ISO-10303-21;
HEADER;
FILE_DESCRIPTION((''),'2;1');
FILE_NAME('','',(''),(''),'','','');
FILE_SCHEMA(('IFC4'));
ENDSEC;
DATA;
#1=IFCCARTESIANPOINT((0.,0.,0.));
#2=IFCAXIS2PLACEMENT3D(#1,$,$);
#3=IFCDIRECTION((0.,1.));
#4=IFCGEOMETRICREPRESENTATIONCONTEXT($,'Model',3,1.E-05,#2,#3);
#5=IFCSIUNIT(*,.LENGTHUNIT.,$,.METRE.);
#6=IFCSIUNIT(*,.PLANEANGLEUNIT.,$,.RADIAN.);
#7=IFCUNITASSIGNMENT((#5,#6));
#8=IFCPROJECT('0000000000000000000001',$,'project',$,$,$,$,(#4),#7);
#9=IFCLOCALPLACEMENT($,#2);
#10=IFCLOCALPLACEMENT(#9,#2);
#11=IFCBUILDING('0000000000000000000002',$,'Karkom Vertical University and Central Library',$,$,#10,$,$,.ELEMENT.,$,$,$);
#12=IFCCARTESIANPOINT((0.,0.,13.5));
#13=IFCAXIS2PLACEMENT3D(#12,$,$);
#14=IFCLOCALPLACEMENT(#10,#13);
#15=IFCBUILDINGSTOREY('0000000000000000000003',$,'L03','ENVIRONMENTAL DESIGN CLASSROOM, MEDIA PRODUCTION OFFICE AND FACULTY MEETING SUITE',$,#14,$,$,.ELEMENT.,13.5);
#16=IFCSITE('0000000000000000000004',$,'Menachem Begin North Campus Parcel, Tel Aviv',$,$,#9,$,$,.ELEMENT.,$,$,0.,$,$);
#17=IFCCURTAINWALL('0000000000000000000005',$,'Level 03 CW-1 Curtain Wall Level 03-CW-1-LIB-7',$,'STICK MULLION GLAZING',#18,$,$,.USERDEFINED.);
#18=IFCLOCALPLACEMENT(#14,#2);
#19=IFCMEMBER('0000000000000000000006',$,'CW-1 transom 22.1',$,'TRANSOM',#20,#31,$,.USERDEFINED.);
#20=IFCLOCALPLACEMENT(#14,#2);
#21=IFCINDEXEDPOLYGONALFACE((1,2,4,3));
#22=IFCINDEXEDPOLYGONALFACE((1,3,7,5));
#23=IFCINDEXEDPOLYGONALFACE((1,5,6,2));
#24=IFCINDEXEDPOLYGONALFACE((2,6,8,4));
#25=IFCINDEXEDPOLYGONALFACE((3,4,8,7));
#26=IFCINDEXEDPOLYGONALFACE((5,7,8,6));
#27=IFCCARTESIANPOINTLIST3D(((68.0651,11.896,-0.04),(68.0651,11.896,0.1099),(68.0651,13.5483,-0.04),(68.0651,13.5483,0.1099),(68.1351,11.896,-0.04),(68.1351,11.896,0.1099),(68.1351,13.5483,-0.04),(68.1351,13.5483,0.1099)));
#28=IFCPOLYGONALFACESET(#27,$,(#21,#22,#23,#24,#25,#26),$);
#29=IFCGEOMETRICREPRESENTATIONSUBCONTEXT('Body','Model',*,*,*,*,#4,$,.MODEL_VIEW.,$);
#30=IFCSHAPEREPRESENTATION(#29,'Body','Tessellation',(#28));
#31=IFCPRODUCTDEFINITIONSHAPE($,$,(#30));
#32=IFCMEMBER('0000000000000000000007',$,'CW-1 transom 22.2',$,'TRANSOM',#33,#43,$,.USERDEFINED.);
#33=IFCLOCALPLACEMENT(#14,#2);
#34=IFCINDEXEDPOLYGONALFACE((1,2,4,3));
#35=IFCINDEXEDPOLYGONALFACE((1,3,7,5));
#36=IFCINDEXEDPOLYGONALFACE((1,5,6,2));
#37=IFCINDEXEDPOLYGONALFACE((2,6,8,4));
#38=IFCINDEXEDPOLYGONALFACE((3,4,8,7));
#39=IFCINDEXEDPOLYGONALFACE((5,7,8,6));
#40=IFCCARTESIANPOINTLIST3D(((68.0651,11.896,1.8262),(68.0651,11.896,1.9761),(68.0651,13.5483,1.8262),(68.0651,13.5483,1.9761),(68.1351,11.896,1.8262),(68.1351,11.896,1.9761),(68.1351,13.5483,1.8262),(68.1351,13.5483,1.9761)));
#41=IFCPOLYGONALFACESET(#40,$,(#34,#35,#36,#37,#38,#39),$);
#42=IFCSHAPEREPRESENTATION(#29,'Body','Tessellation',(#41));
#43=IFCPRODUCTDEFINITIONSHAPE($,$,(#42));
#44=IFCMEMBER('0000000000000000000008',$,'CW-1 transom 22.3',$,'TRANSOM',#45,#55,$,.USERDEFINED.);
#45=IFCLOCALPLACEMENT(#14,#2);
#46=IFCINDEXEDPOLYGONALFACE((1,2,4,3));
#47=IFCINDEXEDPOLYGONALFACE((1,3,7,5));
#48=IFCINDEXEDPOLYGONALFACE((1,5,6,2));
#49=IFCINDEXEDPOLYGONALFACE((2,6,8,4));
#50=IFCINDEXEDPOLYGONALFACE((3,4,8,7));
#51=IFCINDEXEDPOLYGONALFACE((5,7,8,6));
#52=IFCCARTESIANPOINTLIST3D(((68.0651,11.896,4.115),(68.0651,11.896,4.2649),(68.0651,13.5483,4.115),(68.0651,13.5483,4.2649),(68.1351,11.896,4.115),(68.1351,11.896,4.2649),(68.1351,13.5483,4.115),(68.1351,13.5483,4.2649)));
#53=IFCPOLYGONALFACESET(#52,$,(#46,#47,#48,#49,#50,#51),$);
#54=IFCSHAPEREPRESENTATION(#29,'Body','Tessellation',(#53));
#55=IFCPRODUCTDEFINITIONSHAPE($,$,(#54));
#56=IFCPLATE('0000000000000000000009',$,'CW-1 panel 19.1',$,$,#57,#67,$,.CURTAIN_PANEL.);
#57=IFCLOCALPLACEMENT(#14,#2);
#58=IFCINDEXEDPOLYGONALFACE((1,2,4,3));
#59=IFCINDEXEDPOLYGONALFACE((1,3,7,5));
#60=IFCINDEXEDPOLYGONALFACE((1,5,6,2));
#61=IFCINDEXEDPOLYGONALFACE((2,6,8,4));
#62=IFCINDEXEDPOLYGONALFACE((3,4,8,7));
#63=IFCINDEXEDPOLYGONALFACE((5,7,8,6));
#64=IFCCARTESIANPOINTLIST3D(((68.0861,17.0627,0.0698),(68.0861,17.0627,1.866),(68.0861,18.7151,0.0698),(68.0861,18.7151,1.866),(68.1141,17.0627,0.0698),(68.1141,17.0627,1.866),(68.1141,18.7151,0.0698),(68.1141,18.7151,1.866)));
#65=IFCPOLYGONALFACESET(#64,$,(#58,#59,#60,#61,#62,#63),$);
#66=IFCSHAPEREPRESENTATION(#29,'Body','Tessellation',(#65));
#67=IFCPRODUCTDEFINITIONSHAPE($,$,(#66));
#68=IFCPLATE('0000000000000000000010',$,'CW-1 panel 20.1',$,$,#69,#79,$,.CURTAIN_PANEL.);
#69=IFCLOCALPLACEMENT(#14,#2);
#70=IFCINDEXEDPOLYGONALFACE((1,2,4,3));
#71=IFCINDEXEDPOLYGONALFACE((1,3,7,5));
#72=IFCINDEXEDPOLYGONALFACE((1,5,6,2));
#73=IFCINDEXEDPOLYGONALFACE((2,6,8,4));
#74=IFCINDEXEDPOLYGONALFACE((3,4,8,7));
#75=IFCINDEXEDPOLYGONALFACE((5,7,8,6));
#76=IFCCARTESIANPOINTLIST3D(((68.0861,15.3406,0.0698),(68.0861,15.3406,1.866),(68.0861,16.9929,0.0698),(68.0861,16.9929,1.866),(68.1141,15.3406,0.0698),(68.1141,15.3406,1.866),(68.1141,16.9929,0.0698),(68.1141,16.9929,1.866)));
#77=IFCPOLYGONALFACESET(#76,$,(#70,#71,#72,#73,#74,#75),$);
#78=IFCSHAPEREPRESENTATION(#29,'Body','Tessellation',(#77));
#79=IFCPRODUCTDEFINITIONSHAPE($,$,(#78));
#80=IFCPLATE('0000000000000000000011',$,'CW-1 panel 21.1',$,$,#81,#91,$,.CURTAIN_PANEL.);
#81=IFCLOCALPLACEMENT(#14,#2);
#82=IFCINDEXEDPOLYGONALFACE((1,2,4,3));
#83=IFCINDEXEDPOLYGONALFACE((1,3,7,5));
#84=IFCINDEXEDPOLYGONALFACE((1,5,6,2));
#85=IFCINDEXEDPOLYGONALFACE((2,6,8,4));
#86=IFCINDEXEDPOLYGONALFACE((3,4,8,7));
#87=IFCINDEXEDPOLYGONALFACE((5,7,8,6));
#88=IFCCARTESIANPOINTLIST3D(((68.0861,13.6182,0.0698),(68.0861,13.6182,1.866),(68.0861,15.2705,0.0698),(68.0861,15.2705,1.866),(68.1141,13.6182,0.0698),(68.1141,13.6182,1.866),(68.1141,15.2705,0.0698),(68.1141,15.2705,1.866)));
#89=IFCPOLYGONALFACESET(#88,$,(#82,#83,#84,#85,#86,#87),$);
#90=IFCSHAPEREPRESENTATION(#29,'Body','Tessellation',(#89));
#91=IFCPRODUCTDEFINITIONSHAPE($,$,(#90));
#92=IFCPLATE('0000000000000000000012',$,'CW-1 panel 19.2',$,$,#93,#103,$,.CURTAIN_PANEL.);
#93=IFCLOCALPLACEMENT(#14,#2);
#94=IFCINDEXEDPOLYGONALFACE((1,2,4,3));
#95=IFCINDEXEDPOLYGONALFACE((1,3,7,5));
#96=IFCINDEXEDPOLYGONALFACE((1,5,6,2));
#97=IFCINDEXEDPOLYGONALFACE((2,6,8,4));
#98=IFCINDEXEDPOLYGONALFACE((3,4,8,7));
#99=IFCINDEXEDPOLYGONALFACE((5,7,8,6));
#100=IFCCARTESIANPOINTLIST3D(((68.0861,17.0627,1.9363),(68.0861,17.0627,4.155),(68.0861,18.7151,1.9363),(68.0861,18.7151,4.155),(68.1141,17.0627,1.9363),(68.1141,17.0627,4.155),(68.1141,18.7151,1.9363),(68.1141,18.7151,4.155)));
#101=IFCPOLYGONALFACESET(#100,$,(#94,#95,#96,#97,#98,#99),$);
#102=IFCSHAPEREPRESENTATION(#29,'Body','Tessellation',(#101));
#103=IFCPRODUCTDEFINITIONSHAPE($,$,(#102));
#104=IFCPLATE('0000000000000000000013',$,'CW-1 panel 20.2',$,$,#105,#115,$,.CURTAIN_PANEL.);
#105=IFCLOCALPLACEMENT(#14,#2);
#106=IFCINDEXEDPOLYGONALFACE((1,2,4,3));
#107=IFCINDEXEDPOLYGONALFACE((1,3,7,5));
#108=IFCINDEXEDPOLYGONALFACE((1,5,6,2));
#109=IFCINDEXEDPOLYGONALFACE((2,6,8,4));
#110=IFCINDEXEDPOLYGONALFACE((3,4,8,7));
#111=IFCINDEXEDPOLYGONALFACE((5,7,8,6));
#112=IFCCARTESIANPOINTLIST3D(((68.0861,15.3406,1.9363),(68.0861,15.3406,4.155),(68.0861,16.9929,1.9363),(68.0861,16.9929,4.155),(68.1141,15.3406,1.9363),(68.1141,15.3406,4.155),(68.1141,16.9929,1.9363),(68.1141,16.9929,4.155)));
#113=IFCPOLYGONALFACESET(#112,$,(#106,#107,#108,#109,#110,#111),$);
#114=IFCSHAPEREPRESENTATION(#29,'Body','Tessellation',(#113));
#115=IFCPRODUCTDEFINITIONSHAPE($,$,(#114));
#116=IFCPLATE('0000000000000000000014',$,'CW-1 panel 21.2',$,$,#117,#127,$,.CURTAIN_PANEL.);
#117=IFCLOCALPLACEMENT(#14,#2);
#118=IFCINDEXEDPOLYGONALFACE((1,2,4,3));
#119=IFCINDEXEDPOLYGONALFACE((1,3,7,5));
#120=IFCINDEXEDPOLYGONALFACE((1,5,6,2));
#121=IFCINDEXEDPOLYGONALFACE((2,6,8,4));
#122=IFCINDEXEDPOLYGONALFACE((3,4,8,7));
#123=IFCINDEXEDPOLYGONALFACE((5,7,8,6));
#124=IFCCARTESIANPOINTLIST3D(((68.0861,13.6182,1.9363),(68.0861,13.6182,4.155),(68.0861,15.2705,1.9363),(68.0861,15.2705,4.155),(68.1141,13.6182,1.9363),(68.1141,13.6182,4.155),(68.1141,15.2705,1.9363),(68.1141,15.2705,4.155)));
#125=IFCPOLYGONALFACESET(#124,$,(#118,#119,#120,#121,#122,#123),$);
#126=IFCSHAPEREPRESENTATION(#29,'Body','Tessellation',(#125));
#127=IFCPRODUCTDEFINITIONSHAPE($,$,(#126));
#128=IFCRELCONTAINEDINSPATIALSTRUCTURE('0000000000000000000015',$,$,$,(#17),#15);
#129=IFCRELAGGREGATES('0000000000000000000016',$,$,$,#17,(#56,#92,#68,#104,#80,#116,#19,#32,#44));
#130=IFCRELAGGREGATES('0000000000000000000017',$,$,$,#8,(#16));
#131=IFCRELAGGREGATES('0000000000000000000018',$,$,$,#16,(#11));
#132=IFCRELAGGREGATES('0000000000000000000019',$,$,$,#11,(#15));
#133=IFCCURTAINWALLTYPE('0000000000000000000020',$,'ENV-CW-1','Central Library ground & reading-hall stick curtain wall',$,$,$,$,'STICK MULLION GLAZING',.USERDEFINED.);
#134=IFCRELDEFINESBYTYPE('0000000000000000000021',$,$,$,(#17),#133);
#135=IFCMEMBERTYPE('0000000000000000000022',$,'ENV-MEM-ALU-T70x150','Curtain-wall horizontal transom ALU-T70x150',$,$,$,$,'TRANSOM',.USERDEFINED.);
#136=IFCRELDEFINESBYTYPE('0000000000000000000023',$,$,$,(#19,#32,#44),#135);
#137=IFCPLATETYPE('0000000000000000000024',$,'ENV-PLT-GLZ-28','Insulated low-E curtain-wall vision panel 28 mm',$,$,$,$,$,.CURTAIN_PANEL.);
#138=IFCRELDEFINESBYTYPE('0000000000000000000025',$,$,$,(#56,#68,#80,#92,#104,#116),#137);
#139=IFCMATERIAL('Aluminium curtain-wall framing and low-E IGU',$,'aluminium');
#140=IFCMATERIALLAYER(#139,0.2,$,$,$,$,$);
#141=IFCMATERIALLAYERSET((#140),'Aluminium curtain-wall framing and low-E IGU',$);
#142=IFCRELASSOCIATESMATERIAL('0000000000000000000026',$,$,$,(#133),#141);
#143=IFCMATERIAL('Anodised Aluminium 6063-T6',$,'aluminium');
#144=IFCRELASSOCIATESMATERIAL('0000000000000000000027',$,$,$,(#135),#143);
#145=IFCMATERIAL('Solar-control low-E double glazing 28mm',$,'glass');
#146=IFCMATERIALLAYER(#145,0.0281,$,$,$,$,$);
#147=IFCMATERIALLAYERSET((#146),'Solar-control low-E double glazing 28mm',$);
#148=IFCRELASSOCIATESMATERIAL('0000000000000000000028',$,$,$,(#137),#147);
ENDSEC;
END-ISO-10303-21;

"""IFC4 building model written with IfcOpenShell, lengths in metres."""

from ifc_helpers import new_model, si_unit, direction, frame, origin, origin_with_axes, origin_2d, place, context, subcontext, project, spatial, rectangle, extrude, source, transform, mapped, material, layer, layer_set, material_profile, profile_set, type_object, element, aggregate, save


model = new_model("IFC4")

# Units and contexts
model_context = context("Model", 3, precision=1e-05, world=origin(), true_north=direction((0.0, 1.0)))
body_context = subcontext(model_context, "Body", "Model", "MODEL_VIEW")
ifc_project = project(units=[si_unit("LENGTHUNIT", "METRE"), si_unit("PLANEANGLEUNIT", "RADIAN")], contexts=[model_context])

# Site, building, storey
site_placement = place(None, origin())
site = spatial("IfcSite", under=ifc_project, at=site_placement, Name="Menachem Begin North Campus Parcel, Tel Aviv", CompositionType="ELEMENT", RefElevation=0.0)
building_placement = place(site_placement, origin())
building = spatial("IfcBuilding", under=site, at=building_placement, Name="Karkom Vertical University and Central Library", CompositionType="ELEMENT")
storey_placement = place(building_placement, frame((0.0, 0.0, 13.5)))
storey = spatial("IfcBuildingStorey", under=building, at=storey_placement, Name="L03", Description="ENVIRONMENTAL DESIGN CLASSROOM, MEDIA PRODUCTION OFFICE AND FACULTY MEETING SUITE", CompositionType="ELEMENT", Elevation=13.5)

# Curtain wall, members, plates
ifc_material_1 = material(Name="Aluminium curtain-wall framing and low-E IGU", Category="aluminium")
ifc_layer_1 = layer(ifc_material_1, 0.2)
ifc_layer_set_1 = layer_set([ifc_layer_1], Name="Aluminium curtain-wall framing and low-E IGU")
curtain_wall_type = type_object("IfcCurtainWallType", Name="ENV-CW-1", Description="Central Library ground & reading-hall stick curtain wall", ElementType="STICK MULLION GLAZING", PredefinedType="USERDEFINED", material=ifc_layer_set_1)
curtain_wall_placement = place(storey_placement, origin())
curtain_wall = element("IfcCurtainWall", 1, at=curtain_wall_placement, inside=storey, type_object=curtain_wall_type, Name="Level 03 CW-1 Curtain Wall Level 03-CW-1-LIB-7", ObjectType="STICK MULLION GLAZING", PredefinedType="USERDEFINED")
ifc_material_2 = material(Name="Anodised Aluminium 6063-T6", Category="aluminium")
ifc_material_profile_1 = material_profile(ifc_material_2, rectangle(XDim=0.0701, YDim=0.1499, at=origin_2d()), Name="ALU-T70x150")
ifc_profile_set_1 = profile_set([ifc_material_profile_1], Name="Anodised Aluminium 6063-T6")
member_type = type_object("IfcMemberType", Name="ENV-MEM-ALU-T70x150", Description="Curtain-wall horizontal transom ALU-T70x150", ElementType="TRANSOM", PredefinedType="USERDEFINED", material=ifc_profile_set_1)
shared_shape_1 = source(origin_with_axes(), body_context, "Body", "SweptSolid", [
    extrude(rectangle(XDim=0.0701, YDim=0.1499, at=origin_2d()), origin(), (0.0, 0.0, 1.0), 1.6523),
])
member_1_placement = place(storey_placement, frame((68.1001, 13.5483, 0.0349), z_axis=(0.0, -1.0, 0.0), x_axis=(1.0, 0.0, 0.0)))
member_1 = element("IfcMember", 2, at=member_1_placement, type_object=member_type, Name="CW-1 transom 22.1", ObjectType="TRANSOM", PredefinedType="USERDEFINED", context=body_context, shape_type="MappedRepresentation", body=[
    mapped(shared_shape_1, transform((0.0, 0.0, 0.0), scale=1.0)),
])
member_2_placement = place(storey_placement, frame((68.1001, 13.5483, 1.9011), z_axis=(0.0, -1.0, 0.0), x_axis=(1.0, 0.0, 0.0)))
member_2 = element("IfcMember", 3, at=member_2_placement, type_object=member_type, Name="CW-1 transom 22.2", ObjectType="TRANSOM", PredefinedType="USERDEFINED", context=body_context, shape_type="MappedRepresentation", body=[
    mapped(shared_shape_1, transform((0.0, 0.0, 0.0), scale=1.0)),
])
member_3_placement = place(storey_placement, frame((68.1001, 13.5483, 4.1899), z_axis=(0.0, -1.0, 0.0), x_axis=(1.0, 0.0, 0.0)))
member_3 = element("IfcMember", 4, at=member_3_placement, type_object=member_type, Name="CW-1 transom 22.3", ObjectType="TRANSOM", PredefinedType="USERDEFINED", context=body_context, shape_type="MappedRepresentation", body=[
    mapped(shared_shape_1, transform((0.0, 0.0, 0.0), scale=1.0)),
])
ifc_material_3 = material(Name="Solar-control low-E double glazing 28mm", Category="glass")
ifc_layer_2 = layer(ifc_material_3, 0.0281)
ifc_layer_set_2 = layer_set([ifc_layer_2], Name="Solar-control low-E double glazing 28mm")
plate_type = type_object("IfcPlateType", Name="ENV-PLT-GLZ-28", Description="Insulated low-E curtain-wall vision panel 28 mm", PredefinedType="CURTAIN_PANEL", material=ifc_layer_set_2)
shared_shape_2 = source(origin_with_axes(), body_context, "Body", "SweptSolid", [
    extrude(rectangle(XDim=1.6523, YDim=0.0281, at=origin_2d()), origin(), (0.0, 0.0, 1.0), 1.7961),
])
plate_1_placement = place(storey_placement, frame((68.1001, 17.8889, 0.0698), z_axis=(0.0, 0.0, 1.0), x_axis=(0.0, -1.0, 0.0)))
plate_1 = element("IfcPlate", 5, at=plate_1_placement, type_object=plate_type, Name="CW-1 panel 19.1", PredefinedType="CURTAIN_PANEL", context=body_context, shape_type="MappedRepresentation", body=[
    mapped(shared_shape_2, transform((0.0, 0.0, 0.0), scale=1.0)),
])
plate_2_placement = place(storey_placement, frame((68.1001, 16.1667, 0.0698), z_axis=(0.0, 0.0, 1.0), x_axis=(0.0, -1.0, 0.0)))
plate_2 = element("IfcPlate", 6, at=plate_2_placement, type_object=plate_type, Name="CW-1 panel 20.1", PredefinedType="CURTAIN_PANEL", context=body_context, shape_type="MappedRepresentation", body=[
    mapped(shared_shape_2, transform((0.0, 0.0, 0.0), scale=1.0)),
])
plate_3_placement = place(storey_placement, frame((68.1001, 14.4443, 0.0698), z_axis=(0.0, 0.0, 1.0), x_axis=(0.0, -1.0, 0.0)))
plate_3 = element("IfcPlate", 7, at=plate_3_placement, type_object=plate_type, Name="CW-1 panel 21.1", PredefinedType="CURTAIN_PANEL", context=body_context, shape_type="MappedRepresentation", body=[
    mapped(shared_shape_2, transform((0.0, 0.0, 0.0), scale=1.0)),
])
shared_shape_3 = source(origin_with_axes(), body_context, "Body", "SweptSolid", [
    extrude(rectangle(XDim=1.6523, YDim=0.0281, at=origin_2d()), origin(), (0.0, 0.0, 1.0), 2.2188),
])
plate_4_placement = place(storey_placement, frame((68.1001, 17.8889, 1.9363), z_axis=(0.0, 0.0, 1.0), x_axis=(0.0, -1.0, 0.0)))
plate_4 = element("IfcPlate", 8, at=plate_4_placement, type_object=plate_type, Name="CW-1 panel 19.2", PredefinedType="CURTAIN_PANEL", context=body_context, shape_type="MappedRepresentation", body=[
    mapped(shared_shape_3, transform((0.0, 0.0, 0.0), scale=1.0)),
])
plate_5_placement = place(storey_placement, frame((68.1001, 16.1667, 1.9363), z_axis=(0.0, 0.0, 1.0), x_axis=(0.0, -1.0, 0.0)))
plate_5 = element("IfcPlate", 9, at=plate_5_placement, type_object=plate_type, Name="CW-1 panel 20.2", PredefinedType="CURTAIN_PANEL", context=body_context, shape_type="MappedRepresentation", body=[
    mapped(shared_shape_3, transform((0.0, 0.0, 0.0), scale=1.0)),
])
plate_6_placement = place(storey_placement, frame((68.1001, 14.4443, 1.9363), z_axis=(0.0, 0.0, 1.0), x_axis=(0.0, -1.0, 0.0)))
plate_6 = element("IfcPlate", 10, at=plate_6_placement, type_object=plate_type, Name="CW-1 panel 21.2", PredefinedType="CURTAIN_PANEL", context=body_context, shape_type="MappedRepresentation", body=[
    mapped(shared_shape_3, transform((0.0, 0.0, 0.0), scale=1.0)),
])
aggregate(curtain_wall, [plate_1, plate_4, plate_2, plate_5, plate_3, plate_6, member_1, member_2, member_3])

save(model, "model.ifc")
